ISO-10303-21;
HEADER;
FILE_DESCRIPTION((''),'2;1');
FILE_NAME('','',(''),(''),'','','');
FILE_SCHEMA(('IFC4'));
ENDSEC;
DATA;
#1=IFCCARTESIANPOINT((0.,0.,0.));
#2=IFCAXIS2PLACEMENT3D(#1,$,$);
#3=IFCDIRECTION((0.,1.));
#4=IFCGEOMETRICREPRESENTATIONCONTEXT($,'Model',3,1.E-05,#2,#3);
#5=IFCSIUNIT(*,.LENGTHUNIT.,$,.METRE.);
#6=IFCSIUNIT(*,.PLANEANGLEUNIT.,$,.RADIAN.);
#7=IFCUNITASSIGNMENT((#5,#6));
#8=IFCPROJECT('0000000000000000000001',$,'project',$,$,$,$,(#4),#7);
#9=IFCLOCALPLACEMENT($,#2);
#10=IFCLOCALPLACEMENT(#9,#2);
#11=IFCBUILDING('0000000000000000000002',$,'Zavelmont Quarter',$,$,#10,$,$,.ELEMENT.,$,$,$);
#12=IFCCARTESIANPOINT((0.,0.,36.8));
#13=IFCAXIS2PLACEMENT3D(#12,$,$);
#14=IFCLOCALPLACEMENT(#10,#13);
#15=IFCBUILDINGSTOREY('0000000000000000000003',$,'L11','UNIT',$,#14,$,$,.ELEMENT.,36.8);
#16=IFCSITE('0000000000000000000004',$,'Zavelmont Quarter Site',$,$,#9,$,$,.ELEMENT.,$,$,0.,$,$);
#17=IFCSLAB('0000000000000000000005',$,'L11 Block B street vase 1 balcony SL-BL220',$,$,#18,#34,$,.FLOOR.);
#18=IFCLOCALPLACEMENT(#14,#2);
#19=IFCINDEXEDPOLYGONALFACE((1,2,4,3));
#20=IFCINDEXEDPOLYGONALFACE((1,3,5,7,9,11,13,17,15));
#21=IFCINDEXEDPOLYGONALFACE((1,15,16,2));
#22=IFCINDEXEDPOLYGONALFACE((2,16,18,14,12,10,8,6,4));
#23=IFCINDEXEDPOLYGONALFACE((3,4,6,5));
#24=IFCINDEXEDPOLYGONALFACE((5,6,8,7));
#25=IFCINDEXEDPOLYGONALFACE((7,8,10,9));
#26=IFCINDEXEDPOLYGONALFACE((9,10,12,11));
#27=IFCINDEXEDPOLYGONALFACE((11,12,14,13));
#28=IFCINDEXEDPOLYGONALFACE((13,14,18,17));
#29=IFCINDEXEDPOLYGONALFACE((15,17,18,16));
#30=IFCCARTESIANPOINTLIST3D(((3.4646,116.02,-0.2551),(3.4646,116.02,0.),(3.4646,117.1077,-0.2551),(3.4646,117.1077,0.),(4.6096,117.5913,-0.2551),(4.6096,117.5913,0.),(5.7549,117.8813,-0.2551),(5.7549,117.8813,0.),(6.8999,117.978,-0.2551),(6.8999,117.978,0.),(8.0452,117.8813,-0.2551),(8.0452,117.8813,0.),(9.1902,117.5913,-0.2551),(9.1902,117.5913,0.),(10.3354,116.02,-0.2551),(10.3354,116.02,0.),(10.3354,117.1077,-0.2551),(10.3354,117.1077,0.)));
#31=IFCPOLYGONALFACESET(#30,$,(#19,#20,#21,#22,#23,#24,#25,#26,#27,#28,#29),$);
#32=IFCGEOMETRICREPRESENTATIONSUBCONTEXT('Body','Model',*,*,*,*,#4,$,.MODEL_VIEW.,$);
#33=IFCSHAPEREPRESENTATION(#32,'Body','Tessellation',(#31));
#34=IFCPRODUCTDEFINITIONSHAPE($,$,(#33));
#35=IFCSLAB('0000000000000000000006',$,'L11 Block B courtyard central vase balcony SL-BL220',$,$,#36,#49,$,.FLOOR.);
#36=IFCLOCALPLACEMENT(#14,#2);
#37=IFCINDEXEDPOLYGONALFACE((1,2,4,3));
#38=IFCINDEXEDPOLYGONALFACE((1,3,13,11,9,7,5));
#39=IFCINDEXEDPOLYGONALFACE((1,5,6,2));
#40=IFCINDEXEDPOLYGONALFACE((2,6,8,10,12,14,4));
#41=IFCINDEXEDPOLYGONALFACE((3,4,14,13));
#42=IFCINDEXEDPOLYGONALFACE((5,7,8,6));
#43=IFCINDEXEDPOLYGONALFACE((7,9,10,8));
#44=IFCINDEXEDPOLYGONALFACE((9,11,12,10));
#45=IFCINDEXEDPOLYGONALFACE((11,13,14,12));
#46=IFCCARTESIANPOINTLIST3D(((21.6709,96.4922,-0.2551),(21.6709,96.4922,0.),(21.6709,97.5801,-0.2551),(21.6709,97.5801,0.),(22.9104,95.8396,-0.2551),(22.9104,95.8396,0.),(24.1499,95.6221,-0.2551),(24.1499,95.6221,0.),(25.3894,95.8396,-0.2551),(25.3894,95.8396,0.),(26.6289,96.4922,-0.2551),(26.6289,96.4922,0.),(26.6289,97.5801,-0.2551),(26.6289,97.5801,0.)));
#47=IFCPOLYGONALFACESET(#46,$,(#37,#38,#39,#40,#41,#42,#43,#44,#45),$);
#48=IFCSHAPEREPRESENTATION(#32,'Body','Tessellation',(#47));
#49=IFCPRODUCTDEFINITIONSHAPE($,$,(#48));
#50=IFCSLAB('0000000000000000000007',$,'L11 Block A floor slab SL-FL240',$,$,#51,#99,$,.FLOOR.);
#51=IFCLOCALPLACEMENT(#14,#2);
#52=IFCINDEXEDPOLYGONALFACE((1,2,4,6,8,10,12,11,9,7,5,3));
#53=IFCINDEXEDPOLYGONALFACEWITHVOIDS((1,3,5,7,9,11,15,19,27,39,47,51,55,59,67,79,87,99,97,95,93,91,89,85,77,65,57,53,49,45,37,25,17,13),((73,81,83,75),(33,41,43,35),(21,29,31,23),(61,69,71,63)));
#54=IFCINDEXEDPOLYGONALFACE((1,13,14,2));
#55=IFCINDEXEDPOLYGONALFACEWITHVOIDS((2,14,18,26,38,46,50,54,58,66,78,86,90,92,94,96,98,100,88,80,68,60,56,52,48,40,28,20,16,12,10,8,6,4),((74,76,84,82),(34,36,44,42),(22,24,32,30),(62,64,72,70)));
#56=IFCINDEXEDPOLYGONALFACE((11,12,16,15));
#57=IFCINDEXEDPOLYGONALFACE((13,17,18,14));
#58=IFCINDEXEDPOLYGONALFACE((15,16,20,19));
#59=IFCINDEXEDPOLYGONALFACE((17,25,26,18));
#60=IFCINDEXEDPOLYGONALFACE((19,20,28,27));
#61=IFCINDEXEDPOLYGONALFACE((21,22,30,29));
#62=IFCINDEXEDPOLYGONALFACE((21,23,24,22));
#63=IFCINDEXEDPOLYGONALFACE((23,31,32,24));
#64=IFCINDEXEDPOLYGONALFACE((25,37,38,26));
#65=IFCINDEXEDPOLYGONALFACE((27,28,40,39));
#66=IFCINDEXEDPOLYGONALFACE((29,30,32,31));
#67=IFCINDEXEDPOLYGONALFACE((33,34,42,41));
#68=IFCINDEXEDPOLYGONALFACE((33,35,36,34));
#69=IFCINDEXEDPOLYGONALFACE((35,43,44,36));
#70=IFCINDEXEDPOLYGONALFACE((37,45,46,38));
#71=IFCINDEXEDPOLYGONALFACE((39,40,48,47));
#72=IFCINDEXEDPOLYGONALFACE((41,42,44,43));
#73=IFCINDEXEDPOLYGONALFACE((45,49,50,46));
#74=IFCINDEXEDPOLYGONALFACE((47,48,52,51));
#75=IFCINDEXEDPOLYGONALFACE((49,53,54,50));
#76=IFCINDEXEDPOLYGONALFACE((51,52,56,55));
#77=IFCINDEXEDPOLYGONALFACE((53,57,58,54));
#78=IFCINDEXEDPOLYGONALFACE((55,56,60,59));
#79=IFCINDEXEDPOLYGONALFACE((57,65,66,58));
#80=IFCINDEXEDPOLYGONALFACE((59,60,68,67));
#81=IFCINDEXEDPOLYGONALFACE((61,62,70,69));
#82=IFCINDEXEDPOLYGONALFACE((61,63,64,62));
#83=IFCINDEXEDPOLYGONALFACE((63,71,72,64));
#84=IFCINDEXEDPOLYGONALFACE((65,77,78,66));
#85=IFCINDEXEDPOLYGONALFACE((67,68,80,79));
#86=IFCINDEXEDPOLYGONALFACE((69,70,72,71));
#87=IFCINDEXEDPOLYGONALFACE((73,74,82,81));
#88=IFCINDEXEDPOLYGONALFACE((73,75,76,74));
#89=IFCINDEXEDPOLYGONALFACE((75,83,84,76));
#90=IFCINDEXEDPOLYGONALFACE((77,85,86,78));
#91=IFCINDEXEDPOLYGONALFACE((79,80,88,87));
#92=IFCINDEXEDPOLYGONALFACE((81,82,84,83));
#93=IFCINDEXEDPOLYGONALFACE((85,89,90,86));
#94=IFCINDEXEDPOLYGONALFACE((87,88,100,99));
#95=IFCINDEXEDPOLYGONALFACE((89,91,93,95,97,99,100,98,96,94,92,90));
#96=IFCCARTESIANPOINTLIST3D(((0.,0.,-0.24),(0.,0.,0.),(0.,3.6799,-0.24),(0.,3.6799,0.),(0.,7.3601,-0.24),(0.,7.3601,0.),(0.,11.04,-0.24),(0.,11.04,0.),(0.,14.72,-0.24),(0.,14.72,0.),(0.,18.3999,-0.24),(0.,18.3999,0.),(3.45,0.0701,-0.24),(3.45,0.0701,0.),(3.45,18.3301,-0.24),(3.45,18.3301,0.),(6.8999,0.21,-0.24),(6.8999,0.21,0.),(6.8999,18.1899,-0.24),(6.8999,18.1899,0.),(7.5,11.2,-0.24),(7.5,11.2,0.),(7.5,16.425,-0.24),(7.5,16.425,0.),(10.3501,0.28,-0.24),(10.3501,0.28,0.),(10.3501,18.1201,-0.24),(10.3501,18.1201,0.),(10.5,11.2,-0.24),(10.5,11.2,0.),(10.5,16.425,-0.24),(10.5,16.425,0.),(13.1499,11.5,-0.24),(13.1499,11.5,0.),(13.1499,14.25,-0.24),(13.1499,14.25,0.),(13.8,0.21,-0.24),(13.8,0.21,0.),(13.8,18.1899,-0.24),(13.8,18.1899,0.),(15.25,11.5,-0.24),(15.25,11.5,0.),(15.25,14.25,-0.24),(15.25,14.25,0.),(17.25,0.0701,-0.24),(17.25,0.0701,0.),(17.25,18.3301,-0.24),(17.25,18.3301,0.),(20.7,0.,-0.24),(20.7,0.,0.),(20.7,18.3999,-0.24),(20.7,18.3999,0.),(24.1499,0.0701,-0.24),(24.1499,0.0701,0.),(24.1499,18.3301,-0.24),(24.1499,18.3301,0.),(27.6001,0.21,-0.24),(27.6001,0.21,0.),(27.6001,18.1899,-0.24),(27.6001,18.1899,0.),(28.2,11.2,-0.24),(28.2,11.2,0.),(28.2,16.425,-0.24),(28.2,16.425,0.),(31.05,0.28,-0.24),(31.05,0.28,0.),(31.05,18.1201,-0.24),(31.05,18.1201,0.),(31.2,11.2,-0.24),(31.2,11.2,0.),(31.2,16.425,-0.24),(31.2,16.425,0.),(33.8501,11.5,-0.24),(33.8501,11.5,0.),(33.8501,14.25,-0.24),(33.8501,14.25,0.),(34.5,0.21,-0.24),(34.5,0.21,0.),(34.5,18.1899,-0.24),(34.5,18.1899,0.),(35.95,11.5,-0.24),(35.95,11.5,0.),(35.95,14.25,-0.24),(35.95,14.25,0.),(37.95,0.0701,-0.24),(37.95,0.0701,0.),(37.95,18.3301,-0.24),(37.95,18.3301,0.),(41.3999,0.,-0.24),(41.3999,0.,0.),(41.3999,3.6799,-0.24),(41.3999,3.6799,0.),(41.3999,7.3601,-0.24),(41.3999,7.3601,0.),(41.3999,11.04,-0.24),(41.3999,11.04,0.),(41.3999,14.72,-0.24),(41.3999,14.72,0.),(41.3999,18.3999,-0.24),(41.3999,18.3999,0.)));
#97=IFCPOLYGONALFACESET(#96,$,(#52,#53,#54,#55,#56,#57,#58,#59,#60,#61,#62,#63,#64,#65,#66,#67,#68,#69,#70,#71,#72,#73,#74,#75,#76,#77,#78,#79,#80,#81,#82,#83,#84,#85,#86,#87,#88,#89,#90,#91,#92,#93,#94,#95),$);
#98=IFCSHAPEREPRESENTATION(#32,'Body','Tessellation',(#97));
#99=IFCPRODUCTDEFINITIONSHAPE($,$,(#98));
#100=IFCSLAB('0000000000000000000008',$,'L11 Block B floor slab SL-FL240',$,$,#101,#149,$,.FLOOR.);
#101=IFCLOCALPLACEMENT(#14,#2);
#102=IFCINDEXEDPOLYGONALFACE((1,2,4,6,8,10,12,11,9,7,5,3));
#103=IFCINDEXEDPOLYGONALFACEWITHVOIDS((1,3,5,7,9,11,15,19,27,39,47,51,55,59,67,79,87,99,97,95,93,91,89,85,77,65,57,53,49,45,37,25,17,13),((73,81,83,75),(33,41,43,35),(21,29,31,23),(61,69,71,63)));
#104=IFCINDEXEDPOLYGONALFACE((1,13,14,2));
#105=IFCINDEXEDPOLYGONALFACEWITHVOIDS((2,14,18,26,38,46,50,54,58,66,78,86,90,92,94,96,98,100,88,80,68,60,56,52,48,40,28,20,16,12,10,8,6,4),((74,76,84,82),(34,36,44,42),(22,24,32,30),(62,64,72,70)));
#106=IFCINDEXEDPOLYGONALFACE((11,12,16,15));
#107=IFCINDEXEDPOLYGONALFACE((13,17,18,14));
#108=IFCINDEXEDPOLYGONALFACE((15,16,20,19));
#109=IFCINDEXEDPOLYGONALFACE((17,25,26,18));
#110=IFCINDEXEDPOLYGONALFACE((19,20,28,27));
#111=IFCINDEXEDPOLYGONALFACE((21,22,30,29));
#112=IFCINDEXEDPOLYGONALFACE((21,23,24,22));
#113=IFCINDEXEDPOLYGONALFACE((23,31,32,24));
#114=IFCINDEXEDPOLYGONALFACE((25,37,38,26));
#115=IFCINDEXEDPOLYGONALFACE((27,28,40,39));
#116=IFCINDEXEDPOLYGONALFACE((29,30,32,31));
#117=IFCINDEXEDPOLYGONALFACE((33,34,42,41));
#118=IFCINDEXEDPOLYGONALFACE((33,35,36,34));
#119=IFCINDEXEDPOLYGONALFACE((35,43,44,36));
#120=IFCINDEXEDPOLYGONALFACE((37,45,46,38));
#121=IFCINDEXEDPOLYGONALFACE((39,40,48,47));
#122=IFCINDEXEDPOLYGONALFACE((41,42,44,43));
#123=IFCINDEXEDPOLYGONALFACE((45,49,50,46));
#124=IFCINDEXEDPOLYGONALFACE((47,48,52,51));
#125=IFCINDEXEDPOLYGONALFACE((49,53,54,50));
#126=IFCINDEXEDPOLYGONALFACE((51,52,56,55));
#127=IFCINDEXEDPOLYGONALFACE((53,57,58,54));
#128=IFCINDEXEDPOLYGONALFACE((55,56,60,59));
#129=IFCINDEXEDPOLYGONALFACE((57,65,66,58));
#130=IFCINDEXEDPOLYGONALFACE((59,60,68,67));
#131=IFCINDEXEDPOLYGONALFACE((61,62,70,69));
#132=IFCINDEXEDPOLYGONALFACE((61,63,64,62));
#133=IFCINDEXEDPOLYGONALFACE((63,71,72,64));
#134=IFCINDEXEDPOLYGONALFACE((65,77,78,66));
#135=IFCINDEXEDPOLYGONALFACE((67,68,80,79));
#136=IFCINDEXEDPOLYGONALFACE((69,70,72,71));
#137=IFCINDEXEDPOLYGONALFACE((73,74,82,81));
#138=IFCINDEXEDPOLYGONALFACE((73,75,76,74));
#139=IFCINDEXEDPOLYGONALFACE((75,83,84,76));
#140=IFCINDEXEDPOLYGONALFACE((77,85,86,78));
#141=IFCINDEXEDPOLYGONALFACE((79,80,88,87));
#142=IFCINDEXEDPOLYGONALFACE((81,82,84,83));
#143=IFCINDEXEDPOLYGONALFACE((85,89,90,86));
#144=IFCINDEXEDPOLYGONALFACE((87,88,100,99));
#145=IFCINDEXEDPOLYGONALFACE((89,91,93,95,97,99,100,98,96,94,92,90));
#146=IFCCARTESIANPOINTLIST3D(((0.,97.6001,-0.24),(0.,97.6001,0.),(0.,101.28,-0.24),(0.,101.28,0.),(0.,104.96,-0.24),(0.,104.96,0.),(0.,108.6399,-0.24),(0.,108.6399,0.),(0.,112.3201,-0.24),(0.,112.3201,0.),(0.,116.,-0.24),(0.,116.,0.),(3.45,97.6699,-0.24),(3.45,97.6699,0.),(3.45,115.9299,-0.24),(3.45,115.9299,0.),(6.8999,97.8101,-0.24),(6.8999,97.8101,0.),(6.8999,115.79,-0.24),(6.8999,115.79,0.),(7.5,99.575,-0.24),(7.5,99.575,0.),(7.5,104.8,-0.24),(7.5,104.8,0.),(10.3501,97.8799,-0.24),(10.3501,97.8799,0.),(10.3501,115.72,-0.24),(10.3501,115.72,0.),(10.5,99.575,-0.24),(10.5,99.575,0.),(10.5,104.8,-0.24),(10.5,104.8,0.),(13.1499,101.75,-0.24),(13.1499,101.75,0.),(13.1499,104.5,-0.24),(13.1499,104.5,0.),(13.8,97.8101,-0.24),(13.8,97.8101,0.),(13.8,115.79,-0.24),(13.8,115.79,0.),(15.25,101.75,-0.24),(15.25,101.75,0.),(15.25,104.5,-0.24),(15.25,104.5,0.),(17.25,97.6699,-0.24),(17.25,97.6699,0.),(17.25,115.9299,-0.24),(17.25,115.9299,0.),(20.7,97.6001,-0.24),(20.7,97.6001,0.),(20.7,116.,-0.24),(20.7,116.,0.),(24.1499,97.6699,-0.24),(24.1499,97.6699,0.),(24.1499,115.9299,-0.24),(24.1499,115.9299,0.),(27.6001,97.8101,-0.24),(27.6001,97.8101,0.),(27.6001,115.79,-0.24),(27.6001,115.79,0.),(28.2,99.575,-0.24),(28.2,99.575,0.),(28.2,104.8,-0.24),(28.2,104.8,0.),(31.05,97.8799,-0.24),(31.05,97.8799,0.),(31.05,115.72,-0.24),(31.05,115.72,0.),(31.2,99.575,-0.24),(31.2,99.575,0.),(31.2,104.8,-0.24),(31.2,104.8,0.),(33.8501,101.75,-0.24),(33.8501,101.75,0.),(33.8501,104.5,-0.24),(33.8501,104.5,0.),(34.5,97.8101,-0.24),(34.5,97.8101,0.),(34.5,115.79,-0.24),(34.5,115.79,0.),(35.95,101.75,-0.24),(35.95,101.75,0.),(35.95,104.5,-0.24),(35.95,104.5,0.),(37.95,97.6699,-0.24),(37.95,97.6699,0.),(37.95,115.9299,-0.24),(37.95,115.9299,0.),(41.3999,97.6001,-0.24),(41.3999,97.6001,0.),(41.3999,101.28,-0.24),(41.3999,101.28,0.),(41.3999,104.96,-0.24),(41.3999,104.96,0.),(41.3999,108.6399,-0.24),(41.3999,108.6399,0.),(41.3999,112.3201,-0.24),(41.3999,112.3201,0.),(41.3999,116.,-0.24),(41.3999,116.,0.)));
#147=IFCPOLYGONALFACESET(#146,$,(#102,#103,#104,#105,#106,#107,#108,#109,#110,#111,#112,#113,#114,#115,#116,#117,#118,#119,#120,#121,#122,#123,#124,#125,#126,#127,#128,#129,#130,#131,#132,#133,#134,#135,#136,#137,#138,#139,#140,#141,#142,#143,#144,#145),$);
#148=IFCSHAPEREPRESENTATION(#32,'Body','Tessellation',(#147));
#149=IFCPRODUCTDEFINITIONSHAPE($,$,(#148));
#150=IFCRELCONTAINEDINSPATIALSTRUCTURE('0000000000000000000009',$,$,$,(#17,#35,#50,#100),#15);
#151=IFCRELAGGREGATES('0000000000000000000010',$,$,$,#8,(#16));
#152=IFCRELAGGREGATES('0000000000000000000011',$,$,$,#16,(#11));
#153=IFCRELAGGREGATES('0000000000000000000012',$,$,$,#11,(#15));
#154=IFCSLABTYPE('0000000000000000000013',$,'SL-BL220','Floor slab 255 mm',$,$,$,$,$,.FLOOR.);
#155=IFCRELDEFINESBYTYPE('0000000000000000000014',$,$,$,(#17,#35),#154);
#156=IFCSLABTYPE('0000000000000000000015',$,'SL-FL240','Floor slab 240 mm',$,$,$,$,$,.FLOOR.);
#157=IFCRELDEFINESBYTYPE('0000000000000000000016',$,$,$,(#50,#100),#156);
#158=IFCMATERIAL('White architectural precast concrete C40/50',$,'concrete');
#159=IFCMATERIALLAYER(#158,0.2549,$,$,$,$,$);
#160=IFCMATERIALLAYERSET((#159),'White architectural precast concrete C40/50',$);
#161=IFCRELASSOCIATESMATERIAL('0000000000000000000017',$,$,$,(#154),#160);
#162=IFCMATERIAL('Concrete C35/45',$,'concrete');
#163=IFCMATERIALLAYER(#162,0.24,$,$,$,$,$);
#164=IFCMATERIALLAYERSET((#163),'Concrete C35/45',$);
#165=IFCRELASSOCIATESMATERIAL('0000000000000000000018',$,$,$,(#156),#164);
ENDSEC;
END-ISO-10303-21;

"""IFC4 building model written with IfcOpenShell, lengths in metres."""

from ifc_helpers import new_model, si_unit, direction, frame, origin, place, context, subcontext, project, spatial, polyline, outline, extrude, material, layer, layer_set, type_object, element, save


model = new_model("IFC4")

# Units and contexts
model_context = context("Model", 3, precision=1e-05, world=origin(), true_north=direction((0.0, 1.0)))
body_context = subcontext(model_context, "Body", "Model", "MODEL_VIEW")
ifc_project = project(units=[si_unit("LENGTHUNIT", "METRE"), si_unit("PLANEANGLEUNIT", "RADIAN")], contexts=[model_context])

# Site, building, storey
site_placement = place(None, origin())
site = spatial("IfcSite", under=ifc_project, at=site_placement, Name="Zavelmont Quarter Site", CompositionType="ELEMENT", RefElevation=0.0)
building_placement = place(site_placement, origin())
building = spatial("IfcBuilding", under=site, at=building_placement, Name="Zavelmont Quarter", CompositionType="ELEMENT")
storey_placement = place(building_placement, frame((0.0, 0.0, 36.8)))
storey = spatial("IfcBuildingStorey", under=building, at=storey_placement, Name="L11", Description="UNIT", CompositionType="ELEMENT", Elevation=36.8)

# Slabs
ifc_material_1 = material(Name="White architectural precast concrete C40/50", Category="concrete")
ifc_layer_1 = layer(ifc_material_1, 0.2549)
ifc_layer_set_1 = layer_set([ifc_layer_1], Name="White architectural precast concrete C40/50")
slab_type_1 = type_object("IfcSlabType", Name="SL-BL220", Description="Floor slab 255 mm", PredefinedType="FLOOR", material=ifc_layer_set_1)
slab_1_placement = place(storey_placement, frame((0.0, 0.0, -0.2551)))
element("IfcSlab", 1, at=slab_1_placement, inside=storey, type_object=slab_type_1, Name="L11 Block B street vase 1 balcony SL-BL220", PredefinedType="FLOOR", context=body_context, shape_type="SweptSolid", body=[
    extrude(outline(polyline([(10.3354, 116.02), (10.3354, 117.1077), (9.1902, 117.5913), (8.0452, 117.8813), (6.8999, 117.978), (5.7549, 117.8813), (4.6096, 117.5913), (3.4646, 117.1077), (3.4646, 116.02), (10.3354, 116.02)])), origin(), (0.0, 0.0, 1.0), 0.2551),
])
slab_2_placement = place(storey_placement, frame((0.0, 0.0, -0.2551)))
element("IfcSlab", 2, at=slab_2_placement, inside=storey, type_object=slab_type_1, Name="L11 Block B courtyard central vase balcony SL-BL220", PredefinedType="FLOOR", context=body_context, shape_type="SweptSolid", body=[
    extrude(outline(polyline([(21.6709, 97.5801), (21.6709, 96.4922), (22.9104, 95.8396), (24.1499, 95.6221), (25.3894, 95.8396), (26.6289, 96.4922), (26.6289, 97.5801), (21.6709, 97.5801)])), origin(), (0.0, 0.0, 1.0), 0.2551),
])
ifc_material_2 = material(Name="Concrete C35/45", Category="concrete")
ifc_layer_2 = layer(ifc_material_2, 0.24)
ifc_layer_set_2 = layer_set([ifc_layer_2], Name="Concrete C35/45")
slab_type_2 = type_object("IfcSlabType", Name="SL-FL240", Description="Floor slab 240 mm", PredefinedType="FLOOR", material=ifc_layer_set_2)
slab_3_placement = place(storey_placement, frame((0.0, 0.0, -0.24)))
element("IfcSlab", 3, at=slab_3_placement, inside=storey, type_object=slab_type_2, Name="L11 Block A floor slab SL-FL240", PredefinedType="FLOOR", context=body_context, shape_type="SweptSolid", body=[
    extrude(outline(polyline([(0.0, 0.0), (3.45, 0.0701), (6.8999, 0.21), (10.3501, 0.28), (13.8, 0.21), (17.25, 0.0701), (20.7, 0.0), (24.1499, 0.0701), (27.6001, 0.21), (31.05, 0.28), (34.5, 0.21), (37.95, 0.0701), (41.3999, 0.0), (41.3999, 3.6799), (41.3999, 7.3601), (41.3999, 11.04), (41.3999, 14.72), (41.3999, 18.3999), (37.95, 18.3301), (34.5, 18.1899), (31.05, 18.1201), (27.6001, 18.1899), (24.1499, 18.3301), (20.7, 18.3999), (17.25, 18.3301), (13.8, 18.1899), (10.3501, 18.1201), (6.8999, 18.1899), (3.45, 18.3301), (0.0, 18.3999), (0.0, 14.72), (0.0, 11.04), (0.0, 7.3601), (0.0, 3.6799), (0.0, 0.0)]), holes=[polyline([(7.5, 16.425), (7.5, 11.2), (10.5, 11.2), (10.5, 16.425), (7.5, 16.425)]), polyline([(13.1499, 11.5), (15.25, 11.5), (15.25, 14.25), (13.1499, 14.25), (13.1499, 11.5)]), polyline([(28.2, 16.425), (28.2, 11.2), (31.2, 11.2), (31.2, 16.425), (28.2, 16.425)]), polyline([(33.8501, 11.5), (35.95, 11.5), (35.95, 14.25), (33.8501, 14.25), (33.8501, 11.5)])]), origin(), (0.0, 0.0, 1.0), 0.24),
])
slab_4_placement = place(storey_placement, frame((0.0, 0.0, -0.24)))
element("IfcSlab", 4, at=slab_4_placement, inside=storey, type_object=slab_type_2, Name="L11 Block B floor slab SL-FL240", PredefinedType="FLOOR", context=body_context, shape_type="SweptSolid", body=[
    extrude(outline(polyline([(0.0, 97.6001), (3.45, 97.6699), (6.8999, 97.8101), (10.3501, 97.8799), (13.8, 97.8101), (17.25, 97.6699), (20.7, 97.6001), (24.1499, 97.6699), (27.6001, 97.8101), (31.05, 97.8799), (34.5, 97.8101), (37.95, 97.6699), (41.3999, 97.6001), (41.3999, 101.28), (41.3999, 104.96), (41.3999, 108.6399), (41.3999, 112.3201), (41.3999, 116.0), (37.95, 115.9299), (34.5, 115.79), (31.05, 115.72), (27.6001, 115.79), (24.1499, 115.9299), (20.7, 116.0), (17.25, 115.9299), (13.8, 115.79), (10.3501, 115.72), (6.8999, 115.79), (3.45, 115.9299), (0.0, 116.0), (0.0, 112.3201), (0.0, 108.6399), (0.0, 104.96), (0.0, 101.28), (0.0, 97.6001)]), holes=[polyline([(10.5, 99.575), (10.5, 104.8), (7.5, 104.8), (7.5, 99.575), (10.5, 99.575)]), polyline([(13.1499, 101.75), (15.25, 101.75), (15.25, 104.5), (13.1499, 104.5), (13.1499, 101.75)]), polyline([(31.2, 99.575), (31.2, 104.8), (28.2, 104.8), (28.2, 99.575), (31.2, 99.575)]), polyline([(33.8501, 101.75), (35.95, 101.75), (35.95, 104.5), (33.8501, 104.5), (33.8501, 101.75)])]), origin(), (0.0, 0.0, 1.0), 0.24),
])

save(model, "model.ifc")
